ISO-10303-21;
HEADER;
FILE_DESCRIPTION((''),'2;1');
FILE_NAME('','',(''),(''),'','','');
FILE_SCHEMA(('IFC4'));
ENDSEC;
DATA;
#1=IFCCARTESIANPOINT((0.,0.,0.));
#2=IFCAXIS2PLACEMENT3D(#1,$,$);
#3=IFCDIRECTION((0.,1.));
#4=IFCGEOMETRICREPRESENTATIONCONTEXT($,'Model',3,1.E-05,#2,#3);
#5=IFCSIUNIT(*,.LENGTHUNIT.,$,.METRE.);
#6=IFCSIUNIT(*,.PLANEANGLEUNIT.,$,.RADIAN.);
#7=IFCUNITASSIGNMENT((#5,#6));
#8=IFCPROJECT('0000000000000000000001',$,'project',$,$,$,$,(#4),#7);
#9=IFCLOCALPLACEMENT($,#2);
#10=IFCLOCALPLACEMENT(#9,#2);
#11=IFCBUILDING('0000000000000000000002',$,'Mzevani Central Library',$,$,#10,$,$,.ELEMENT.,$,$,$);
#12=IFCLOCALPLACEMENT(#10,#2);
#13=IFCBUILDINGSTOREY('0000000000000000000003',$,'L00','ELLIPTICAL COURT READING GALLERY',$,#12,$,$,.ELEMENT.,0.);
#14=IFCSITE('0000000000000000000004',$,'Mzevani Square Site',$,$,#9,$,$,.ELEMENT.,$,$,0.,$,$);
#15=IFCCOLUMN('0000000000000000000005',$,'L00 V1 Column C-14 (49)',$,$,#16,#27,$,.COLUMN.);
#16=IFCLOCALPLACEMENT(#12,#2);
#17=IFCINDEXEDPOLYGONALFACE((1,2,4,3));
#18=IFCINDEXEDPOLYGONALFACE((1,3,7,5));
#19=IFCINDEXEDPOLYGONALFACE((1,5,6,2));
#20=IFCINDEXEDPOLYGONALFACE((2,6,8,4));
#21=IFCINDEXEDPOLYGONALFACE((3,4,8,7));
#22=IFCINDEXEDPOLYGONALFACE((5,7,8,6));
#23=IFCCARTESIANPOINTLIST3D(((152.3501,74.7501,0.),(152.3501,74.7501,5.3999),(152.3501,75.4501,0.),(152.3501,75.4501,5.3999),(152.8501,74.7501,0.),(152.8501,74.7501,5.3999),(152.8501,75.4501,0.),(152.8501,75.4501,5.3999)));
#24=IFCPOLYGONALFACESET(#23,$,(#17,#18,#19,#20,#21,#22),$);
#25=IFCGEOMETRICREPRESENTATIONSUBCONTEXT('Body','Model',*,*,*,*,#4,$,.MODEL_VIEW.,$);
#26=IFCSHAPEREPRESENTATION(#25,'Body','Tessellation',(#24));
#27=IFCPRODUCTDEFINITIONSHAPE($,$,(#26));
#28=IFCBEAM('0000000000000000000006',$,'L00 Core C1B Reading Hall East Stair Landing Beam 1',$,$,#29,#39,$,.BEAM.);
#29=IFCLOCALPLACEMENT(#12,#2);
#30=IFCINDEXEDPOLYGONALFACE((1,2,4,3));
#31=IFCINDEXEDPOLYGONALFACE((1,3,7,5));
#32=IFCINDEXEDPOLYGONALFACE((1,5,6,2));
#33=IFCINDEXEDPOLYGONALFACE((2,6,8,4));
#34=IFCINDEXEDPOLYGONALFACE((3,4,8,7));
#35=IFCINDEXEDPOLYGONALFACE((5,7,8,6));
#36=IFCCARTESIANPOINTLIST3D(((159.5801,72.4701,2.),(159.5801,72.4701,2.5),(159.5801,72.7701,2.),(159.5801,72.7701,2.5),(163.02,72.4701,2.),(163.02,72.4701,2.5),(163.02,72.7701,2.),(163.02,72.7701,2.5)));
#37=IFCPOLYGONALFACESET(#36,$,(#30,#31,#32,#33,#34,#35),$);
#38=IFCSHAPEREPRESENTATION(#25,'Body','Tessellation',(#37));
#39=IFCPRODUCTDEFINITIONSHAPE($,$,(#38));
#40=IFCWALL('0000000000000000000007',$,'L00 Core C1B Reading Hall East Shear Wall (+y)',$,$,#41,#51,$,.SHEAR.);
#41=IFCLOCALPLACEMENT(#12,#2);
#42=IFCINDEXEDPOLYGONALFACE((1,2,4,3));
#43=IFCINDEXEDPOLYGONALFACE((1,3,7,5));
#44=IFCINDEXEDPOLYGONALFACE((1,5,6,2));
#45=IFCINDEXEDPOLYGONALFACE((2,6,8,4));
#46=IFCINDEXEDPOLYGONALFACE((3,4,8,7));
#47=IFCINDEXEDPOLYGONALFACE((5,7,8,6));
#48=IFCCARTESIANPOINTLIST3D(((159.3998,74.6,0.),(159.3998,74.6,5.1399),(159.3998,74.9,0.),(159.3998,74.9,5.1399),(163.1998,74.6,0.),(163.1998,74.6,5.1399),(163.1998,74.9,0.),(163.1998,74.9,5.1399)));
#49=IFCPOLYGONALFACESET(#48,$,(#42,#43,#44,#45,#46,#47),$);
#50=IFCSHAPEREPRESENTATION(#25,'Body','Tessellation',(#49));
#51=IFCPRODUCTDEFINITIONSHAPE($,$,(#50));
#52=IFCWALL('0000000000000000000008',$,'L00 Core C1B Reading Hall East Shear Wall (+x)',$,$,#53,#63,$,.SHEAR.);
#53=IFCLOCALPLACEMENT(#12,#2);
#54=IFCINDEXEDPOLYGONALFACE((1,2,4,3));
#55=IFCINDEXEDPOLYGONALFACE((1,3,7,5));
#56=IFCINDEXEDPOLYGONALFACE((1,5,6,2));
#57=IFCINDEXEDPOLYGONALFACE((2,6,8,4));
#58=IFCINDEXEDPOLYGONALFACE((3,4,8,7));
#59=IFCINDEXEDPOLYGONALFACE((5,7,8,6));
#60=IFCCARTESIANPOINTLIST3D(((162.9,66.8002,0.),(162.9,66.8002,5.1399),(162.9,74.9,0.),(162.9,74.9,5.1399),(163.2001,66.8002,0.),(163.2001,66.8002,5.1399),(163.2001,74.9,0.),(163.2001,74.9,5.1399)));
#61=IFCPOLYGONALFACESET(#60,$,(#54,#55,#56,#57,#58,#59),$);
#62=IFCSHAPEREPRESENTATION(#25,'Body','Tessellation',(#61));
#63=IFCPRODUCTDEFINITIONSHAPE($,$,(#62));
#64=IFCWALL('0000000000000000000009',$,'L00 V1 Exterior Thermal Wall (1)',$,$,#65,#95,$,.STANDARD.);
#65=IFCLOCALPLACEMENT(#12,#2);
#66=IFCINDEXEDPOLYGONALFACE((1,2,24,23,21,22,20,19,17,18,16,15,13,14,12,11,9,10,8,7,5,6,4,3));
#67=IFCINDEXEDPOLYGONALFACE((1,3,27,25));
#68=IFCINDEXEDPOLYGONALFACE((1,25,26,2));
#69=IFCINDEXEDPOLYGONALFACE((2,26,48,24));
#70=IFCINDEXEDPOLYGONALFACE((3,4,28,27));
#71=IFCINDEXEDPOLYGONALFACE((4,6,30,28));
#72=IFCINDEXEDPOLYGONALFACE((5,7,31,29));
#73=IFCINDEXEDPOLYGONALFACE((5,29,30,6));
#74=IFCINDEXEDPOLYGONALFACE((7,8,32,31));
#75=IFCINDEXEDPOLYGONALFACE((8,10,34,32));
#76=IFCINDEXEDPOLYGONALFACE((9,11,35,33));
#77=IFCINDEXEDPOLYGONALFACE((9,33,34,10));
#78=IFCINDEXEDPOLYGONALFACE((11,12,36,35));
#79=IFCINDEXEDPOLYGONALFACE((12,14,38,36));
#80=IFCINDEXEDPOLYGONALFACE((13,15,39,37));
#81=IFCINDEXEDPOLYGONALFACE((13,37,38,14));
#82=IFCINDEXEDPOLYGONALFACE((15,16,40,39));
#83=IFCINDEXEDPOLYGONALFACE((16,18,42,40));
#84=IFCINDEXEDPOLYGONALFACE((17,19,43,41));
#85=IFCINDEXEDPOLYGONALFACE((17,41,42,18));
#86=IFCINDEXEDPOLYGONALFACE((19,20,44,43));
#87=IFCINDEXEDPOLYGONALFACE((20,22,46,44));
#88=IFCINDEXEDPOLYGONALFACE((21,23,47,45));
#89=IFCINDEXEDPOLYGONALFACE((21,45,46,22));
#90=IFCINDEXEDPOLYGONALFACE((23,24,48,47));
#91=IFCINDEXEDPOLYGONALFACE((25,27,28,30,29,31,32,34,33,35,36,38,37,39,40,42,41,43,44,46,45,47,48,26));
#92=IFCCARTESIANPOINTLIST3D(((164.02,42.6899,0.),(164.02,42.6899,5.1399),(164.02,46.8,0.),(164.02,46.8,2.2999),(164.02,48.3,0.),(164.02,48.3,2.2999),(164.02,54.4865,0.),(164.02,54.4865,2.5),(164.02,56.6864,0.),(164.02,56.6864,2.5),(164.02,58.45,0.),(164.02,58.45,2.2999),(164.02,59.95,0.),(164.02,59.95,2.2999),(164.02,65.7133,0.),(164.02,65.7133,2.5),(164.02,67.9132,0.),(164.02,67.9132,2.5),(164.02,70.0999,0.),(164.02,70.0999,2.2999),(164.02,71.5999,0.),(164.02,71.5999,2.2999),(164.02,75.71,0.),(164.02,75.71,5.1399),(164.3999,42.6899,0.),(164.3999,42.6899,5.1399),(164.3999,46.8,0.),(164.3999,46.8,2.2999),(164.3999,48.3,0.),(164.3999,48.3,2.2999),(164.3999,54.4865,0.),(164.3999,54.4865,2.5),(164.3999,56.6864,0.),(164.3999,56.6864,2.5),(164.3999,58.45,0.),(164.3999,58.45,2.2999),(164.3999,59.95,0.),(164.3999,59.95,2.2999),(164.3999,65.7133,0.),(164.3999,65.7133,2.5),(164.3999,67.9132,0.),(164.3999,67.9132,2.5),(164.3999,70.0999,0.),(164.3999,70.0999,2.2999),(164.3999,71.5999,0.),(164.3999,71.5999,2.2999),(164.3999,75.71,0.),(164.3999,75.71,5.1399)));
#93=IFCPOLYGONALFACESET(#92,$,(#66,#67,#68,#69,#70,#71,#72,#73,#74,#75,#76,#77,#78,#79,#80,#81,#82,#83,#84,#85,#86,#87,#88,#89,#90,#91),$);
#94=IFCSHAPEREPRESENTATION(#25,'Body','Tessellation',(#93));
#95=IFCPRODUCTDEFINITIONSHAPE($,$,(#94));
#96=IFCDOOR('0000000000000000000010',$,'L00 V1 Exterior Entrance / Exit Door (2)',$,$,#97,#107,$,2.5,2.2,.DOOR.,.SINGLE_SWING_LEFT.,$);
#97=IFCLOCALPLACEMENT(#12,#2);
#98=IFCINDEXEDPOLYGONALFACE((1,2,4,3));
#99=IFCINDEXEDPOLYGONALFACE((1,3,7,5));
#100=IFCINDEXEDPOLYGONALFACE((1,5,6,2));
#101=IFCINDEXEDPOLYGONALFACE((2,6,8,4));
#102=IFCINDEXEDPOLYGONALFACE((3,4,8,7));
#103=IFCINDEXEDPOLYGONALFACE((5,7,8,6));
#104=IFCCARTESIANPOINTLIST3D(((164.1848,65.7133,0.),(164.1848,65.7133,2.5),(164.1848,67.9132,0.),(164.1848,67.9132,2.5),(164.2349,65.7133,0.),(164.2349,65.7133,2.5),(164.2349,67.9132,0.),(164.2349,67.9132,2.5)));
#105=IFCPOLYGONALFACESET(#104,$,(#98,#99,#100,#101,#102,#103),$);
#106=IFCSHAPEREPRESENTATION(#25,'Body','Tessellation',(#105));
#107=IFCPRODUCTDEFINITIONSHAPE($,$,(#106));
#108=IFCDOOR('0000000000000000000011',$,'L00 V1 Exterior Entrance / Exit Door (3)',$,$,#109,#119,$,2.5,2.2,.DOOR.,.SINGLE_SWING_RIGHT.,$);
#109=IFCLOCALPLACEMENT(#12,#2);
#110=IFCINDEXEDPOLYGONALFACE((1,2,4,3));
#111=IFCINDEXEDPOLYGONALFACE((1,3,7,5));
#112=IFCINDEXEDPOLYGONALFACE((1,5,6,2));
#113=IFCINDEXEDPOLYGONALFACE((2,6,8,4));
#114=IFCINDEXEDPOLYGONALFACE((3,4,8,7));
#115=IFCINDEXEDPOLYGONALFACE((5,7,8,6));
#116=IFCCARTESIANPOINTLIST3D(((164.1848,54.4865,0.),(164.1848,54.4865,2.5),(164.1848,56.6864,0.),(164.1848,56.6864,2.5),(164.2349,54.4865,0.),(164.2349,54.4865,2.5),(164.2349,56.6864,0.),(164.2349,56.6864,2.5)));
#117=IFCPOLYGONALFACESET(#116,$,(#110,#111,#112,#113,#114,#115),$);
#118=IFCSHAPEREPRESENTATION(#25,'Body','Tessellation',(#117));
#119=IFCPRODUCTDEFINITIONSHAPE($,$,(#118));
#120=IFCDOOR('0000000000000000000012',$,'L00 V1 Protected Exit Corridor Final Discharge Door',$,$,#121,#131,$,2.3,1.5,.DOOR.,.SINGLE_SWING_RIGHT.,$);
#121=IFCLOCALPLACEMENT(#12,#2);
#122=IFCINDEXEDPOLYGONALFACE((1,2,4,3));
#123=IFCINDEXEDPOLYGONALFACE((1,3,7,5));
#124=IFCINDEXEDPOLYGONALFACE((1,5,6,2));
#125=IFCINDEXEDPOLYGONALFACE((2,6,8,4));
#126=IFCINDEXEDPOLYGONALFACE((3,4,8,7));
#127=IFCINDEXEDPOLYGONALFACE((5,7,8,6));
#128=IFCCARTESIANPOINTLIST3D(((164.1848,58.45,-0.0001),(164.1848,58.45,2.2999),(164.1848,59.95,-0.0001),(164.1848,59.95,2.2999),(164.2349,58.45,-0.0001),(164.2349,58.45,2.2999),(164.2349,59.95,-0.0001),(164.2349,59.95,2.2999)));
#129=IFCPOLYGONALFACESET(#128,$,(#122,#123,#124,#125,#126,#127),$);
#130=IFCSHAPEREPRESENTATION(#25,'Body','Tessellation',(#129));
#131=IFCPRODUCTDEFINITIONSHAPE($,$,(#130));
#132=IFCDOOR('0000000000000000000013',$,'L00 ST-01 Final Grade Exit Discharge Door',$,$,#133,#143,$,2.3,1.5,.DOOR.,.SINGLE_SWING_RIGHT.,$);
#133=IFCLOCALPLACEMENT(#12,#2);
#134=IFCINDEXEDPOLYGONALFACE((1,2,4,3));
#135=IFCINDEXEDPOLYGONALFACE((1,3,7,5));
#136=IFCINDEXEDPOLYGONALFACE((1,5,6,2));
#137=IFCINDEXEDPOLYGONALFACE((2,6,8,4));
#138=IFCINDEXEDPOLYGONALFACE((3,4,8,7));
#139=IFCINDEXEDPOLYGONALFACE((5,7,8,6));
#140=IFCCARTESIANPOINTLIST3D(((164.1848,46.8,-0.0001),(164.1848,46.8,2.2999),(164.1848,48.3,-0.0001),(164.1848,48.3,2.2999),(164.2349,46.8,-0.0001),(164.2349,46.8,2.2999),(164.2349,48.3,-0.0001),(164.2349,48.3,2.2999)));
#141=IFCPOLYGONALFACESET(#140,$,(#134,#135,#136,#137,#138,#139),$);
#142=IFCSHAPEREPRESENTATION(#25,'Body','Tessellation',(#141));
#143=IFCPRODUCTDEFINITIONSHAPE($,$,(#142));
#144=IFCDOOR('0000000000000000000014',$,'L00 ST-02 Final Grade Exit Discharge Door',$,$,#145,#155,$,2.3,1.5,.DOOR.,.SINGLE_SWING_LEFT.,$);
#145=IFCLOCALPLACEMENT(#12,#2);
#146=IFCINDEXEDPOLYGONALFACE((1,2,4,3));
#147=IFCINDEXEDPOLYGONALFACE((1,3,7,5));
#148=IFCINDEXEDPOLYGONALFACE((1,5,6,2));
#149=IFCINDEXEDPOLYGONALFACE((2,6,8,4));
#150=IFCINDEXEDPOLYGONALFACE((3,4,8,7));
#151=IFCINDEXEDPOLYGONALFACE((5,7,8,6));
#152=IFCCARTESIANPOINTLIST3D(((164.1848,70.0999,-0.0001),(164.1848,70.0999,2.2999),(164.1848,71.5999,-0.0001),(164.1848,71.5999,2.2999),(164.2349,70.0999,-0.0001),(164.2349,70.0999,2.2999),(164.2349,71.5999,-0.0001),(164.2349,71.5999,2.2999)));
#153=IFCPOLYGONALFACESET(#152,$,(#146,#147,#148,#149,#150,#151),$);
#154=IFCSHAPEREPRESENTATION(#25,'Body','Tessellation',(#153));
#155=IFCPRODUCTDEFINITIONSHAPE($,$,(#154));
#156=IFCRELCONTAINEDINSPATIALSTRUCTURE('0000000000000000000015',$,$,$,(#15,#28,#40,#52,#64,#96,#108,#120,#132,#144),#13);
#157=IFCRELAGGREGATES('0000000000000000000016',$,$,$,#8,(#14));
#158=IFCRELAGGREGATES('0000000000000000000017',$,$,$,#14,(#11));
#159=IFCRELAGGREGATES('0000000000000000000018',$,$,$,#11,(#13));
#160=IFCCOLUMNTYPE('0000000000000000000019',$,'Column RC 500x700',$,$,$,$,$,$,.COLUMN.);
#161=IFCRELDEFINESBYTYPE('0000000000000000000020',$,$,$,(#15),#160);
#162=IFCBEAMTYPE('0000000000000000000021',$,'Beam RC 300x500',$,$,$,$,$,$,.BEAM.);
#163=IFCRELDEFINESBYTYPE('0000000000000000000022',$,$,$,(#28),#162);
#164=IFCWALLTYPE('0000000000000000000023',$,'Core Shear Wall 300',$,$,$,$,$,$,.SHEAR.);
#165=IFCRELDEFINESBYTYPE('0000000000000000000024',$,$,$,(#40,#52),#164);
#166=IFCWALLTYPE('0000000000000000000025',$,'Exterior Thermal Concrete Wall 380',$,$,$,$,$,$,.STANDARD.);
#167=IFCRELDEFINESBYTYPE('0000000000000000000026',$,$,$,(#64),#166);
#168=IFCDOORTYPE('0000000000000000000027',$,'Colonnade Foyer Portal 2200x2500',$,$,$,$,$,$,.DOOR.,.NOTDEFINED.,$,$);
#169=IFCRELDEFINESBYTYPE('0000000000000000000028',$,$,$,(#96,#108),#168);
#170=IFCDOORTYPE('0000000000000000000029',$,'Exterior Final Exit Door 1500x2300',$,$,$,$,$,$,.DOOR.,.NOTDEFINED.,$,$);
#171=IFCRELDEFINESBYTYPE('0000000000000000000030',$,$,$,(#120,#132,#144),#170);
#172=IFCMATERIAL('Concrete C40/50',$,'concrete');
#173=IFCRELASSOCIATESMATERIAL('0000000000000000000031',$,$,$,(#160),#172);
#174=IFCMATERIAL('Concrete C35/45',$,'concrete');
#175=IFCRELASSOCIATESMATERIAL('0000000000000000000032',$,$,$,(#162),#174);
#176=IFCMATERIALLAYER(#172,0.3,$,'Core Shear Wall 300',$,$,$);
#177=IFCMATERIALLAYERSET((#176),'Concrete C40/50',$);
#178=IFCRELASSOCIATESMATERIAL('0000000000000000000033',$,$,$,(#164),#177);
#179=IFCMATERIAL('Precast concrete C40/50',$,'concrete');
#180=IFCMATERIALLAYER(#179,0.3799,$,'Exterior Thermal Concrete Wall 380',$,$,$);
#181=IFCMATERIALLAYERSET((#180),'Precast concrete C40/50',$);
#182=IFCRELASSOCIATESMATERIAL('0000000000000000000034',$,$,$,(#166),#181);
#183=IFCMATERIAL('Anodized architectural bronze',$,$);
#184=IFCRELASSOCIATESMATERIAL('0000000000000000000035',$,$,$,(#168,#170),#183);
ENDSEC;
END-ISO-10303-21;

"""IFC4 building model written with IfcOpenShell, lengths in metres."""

from ifc_helpers import new_model, si_unit, direction, frame, frame_2d, origin, origin_2d, place, context, subcontext, project, spatial, rectangle, extrude, material, layer, layer_set, material_profile, profile_set, type_object, element, fill, save


model = new_model("IFC4")

# Units and contexts
model_context = context("Model", 3, precision=1e-05, world=origin(), true_north=direction((0.0, 1.0)))
body_context = subcontext(model_context, "Body", "Model", "MODEL_VIEW")
ifc_project = project(units=[si_unit("LENGTHUNIT", "METRE"), si_unit("PLANEANGLEUNIT", "RADIAN")], contexts=[model_context])

# Site, building, storey
site_placement = place(None, origin())
site = spatial("IfcSite", under=ifc_project, at=site_placement, Name="Mzevani Square Site", CompositionType="ELEMENT", RefElevation=0.0)
building_placement = place(site_placement, origin())
building = spatial("IfcBuilding", under=site, at=building_placement, Name="Mzevani Central Library", CompositionType="ELEMENT")
storey_placement = place(building_placement, origin())
storey = spatial("IfcBuildingStorey", under=building, at=storey_placement, Name="L00", Description="ELLIPTICAL COURT READING GALLERY", CompositionType="ELEMENT", Elevation=0.0)

# Column
ifc_material_1 = material(Name="Concrete C40/50", Category="concrete")
ifc_material_profile_1 = material_profile(ifc_material_1, rectangle(XDim=0.5, YDim=0.7, at=origin_2d()), Name="RC 500x700")
ifc_profile_set_1 = profile_set([ifc_material_profile_1], Name="Concrete C40/50")
column_type = type_object("IfcColumnType", Name="Column RC 500x700", PredefinedType="COLUMN", material=ifc_profile_set_1)
column_placement = place(storey_placement, frame((152.6001, 75.1001, 0.0), z_axis=(0.0, 0.0, 1.0), x_axis=(1.0, 0.0, 0.0)))
element("IfcColumn", 1, at=column_placement, inside=storey, type_object=column_type, Name="L00 V1 Column C-14 (49)", PredefinedType="COLUMN", context=body_context, shape_type="SweptSolid", body=[
    extrude(rectangle(XDim=0.5, YDim=0.7, at=origin_2d()), origin(), (0.0, 0.0, 1.0), 5.3999),
])

# Beam
ifc_material_2 = material(Name="Concrete C35/45", Category="concrete")
ifc_material_profile_2 = material_profile(ifc_material_2, rectangle(XDim=0.3, YDim=0.5, at=origin_2d()), Name="RC B300x500")
ifc_profile_set_2 = profile_set([ifc_material_profile_2], Name="Concrete C35/45")
beam_type = type_object("IfcBeamType", Name="Beam RC 300x500", PredefinedType="BEAM", material=ifc_profile_set_2)
beam_placement = place(storey_placement, frame((159.5801, 72.6201, 2.25), z_axis=(1.0, 0.0, 0.0), x_axis=(0.0, 1.0, 0.0)))
element("IfcBeam", 2, at=beam_placement, inside=storey, type_object=beam_type, Name="L00 Core C1B Reading Hall East Stair Landing Beam 1", PredefinedType="BEAM", context=body_context, shape_type="SweptSolid", body=[
    extrude(rectangle(XDim=0.3, YDim=0.5, at=origin_2d()), origin(), (0.0, 0.0, 1.0), 3.4399),
])

# Walls
ifc_layer_1 = layer(ifc_material_1, 0.3, Name="Core Shear Wall 300")
ifc_layer_set_1 = layer_set([ifc_layer_1], Name="Concrete C40/50")
wall_type_1 = type_object("IfcWallType", Name="Core Shear Wall 300", PredefinedType="SHEAR", material=ifc_layer_set_1)
wall_1_placement = place(storey_placement, frame((159.3999, 74.75, 0.0), z_axis=(0.0, 0.0, 1.0), x_axis=(1.0, 0.0, 0.0)))
element("IfcWall", 3, at=wall_1_placement, inside=storey, type_object=wall_type_1, Name="L00 Core C1B Reading Hall East Shear Wall (+y)", PredefinedType="SHEAR", context=body_context, shape_type="SweptSolid", body=[
    extrude(rectangle(XDim=3.8, YDim=0.3, at=frame_2d((1.8999, 0.0))), origin(), (0.0, 0.0, 1.0), 5.1399),
])
wall_2_placement = place(storey_placement, frame((163.05, 74.8999, 0.0), z_axis=(0.0, 0.0, 1.0), x_axis=(0.0, -1.0, 0.0)))
element("IfcWall", 4, at=wall_2_placement, inside=storey, type_object=wall_type_1, Name="L00 Core C1B Reading Hall East Shear Wall (+x)", PredefinedType="SHEAR", context=body_context, shape_type="SweptSolid", body=[
    extrude(rectangle(XDim=8.0999, YDim=0.3, at=frame_2d((4.0498, 0.0))), origin(), (0.0, 0.0, 1.0), 5.1399),
])

# Wall, openings, doors
ifc_material_3 = material(Name="Precast concrete C40/50", Category="concrete")
ifc_layer_2 = layer(ifc_material_3, 0.3799, Name="Exterior Thermal Concrete Wall 380")
ifc_layer_set_2 = layer_set([ifc_layer_2], Name="Precast concrete C40/50")
wall_type_2 = type_object("IfcWallType", Name="Exterior Thermal Concrete Wall 380", PredefinedType="STANDARD", material=ifc_layer_set_2)
wall_3_placement = place(storey_placement, frame((164.21, 75.71, 0.0), z_axis=(0.0, 0.0, 1.0), x_axis=(0.0, -1.0, 0.0)))
wall_3 = element("IfcWall", 5, at=wall_3_placement, inside=storey, type_object=wall_type_2, Name="L00 V1 Exterior Thermal Wall (1)", PredefinedType="STANDARD", context=body_context, shape_type="SweptSolid", body=[
    extrude(rectangle(XDim=33.02, YDim=0.3799, at=frame_2d((16.51, 0.0))), origin(), (0.0, 0.0, 1.0), 5.1399),
])
opening_1_placement = place(wall_3_placement, frame((15.76, 0.0, 0.0)))
opening_1 = element("IfcOpeningElement", 6, at=opening_1_placement, cuts=wall_3, PredefinedType="OPENING", context=body_context, shape_type="SweptSolid", body=[
    extrude(rectangle(XDim=1.5, YDim=2.3, at=frame_2d((0.75, 1.1499))), frame((0.0, 0.2, 0.0), z_axis=(0.0, -1.0, 0.0), x_axis=(1.0, 0.0, 0.0)), (0.0, 0.0, 1.0), 0.3999),
])
opening_2_placement = place(wall_3_placement, frame((7.7966, 0.0, 0.0)))
opening_2 = element("IfcOpeningElement", 7, at=opening_2_placement, cuts=wall_3, PredefinedType="OPENING", context=body_context, shape_type="SweptSolid", body=[
    extrude(rectangle(XDim=2.2, YDim=2.5, at=frame_2d((1.1001, 1.25))), frame((0.0, 0.2, 0.0), z_axis=(0.0, -1.0, 0.0), x_axis=(1.0, 0.0, 0.0)), (0.0, 0.0, 1.0), 0.3999),
])
opening_3_placement = place(wall_3_placement, frame((19.0234, 0.0, 0.0)))
opening_3 = element("IfcOpeningElement", 8, at=opening_3_placement, cuts=wall_3, PredefinedType="OPENING", context=body_context, shape_type="SweptSolid", body=[
    extrude(rectangle(XDim=2.2, YDim=2.5, at=frame_2d((1.1001, 1.25))), frame((0.0, 0.2, 0.0), z_axis=(0.0, -1.0, 0.0), x_axis=(1.0, 0.0, 0.0)), (0.0, 0.0, 1.0), 0.3999),
])
opening_4_placement = place(wall_3_placement, frame((27.4099, 0.0, 0.0)))
opening_4 = element("IfcOpeningElement", 9, at=opening_4_placement, cuts=wall_3, PredefinedType="OPENING", context=body_context, shape_type="SweptSolid", body=[
    extrude(rectangle(XDim=1.5, YDim=2.3, at=frame_2d((0.75, 1.1499))), frame((0.0, 0.2, 0.0), z_axis=(0.0, -1.0, 0.0), x_axis=(1.0, 0.0, 0.0)), (0.0, 0.0, 1.0), 0.3999),
])
opening_5_placement = place(wall_3_placement, frame((4.1101, 0.0, 0.0)))
opening_5 = element("IfcOpeningElement", 10, at=opening_5_placement, cuts=wall_3, PredefinedType="OPENING", context=body_context, shape_type="SweptSolid", body=[
    extrude(rectangle(XDim=1.5, YDim=2.3, at=frame_2d((0.75, 1.1499))), frame((0.0, 0.2, 0.0), z_axis=(0.0, -1.0, 0.0), x_axis=(1.0, 0.0, 0.0)), (0.0, 0.0, 1.0), 0.3999),
])
ifc_material_4 = material(Name="Anodized architectural bronze")
door_type_1 = type_object("IfcDoorType", Name="Colonnade Foyer Portal 2200x2500", OperationType="NOTDEFINED", PredefinedType="DOOR", material=ifc_material_4)
door_1_placement = place(opening_2_placement, origin())
door_1 = element("IfcDoor", 11, at=door_1_placement, inside=storey, type_object=door_type_1, Name="L00 V1 Exterior Entrance / Exit Door (2)", OperationType="SINGLE_SWING_LEFT", OverallHeight=2.5, OverallWidth=2.2, PredefinedType="DOOR", context=body_context, shape_type="SweptSolid", body=[
    extrude(rectangle(XDim=2.2, YDim=2.5, at=frame_2d((1.1001, 1.25))), frame((0.0, 0.0249, 0.0), z_axis=(0.0, -1.0, 0.0), x_axis=(1.0, 0.0, 0.0)), (0.0, 0.0, 1.0), 0.05),
])
fill(opening_2, door_1)
door_2_placement = place(opening_3_placement, origin())
door_2 = element("IfcDoor", 12, at=door_2_placement, inside=storey, type_object=door_type_1, Name="L00 V1 Exterior Entrance / Exit Door (3)", OperationType="SINGLE_SWING_RIGHT", OverallHeight=2.5, OverallWidth=2.2, PredefinedType="DOOR", context=body_context, shape_type="SweptSolid", body=[
    extrude(rectangle(XDim=2.2, YDim=2.5, at=frame_2d((1.1001, 1.25))), frame((0.0, 0.0249, 0.0), z_axis=(0.0, -1.0, 0.0), x_axis=(1.0, 0.0, 0.0)), (0.0, 0.0, 1.0), 0.05),
])
fill(opening_3, door_2)
door_type_2 = type_object("IfcDoorType", Name="Exterior Final Exit Door 1500x2300", OperationType="NOTDEFINED", PredefinedType="DOOR", material=ifc_material_4)
door_3_placement = place(opening_1_placement, origin())
door_3 = element("IfcDoor", 13, at=door_3_placement, inside=storey, type_object=door_type_2, Name="L00 V1 Protected Exit Corridor Final Discharge Door", OperationType="SINGLE_SWING_RIGHT", OverallHeight=2.3, OverallWidth=1.5, PredefinedType="DOOR", context=body_context, shape_type="SweptSolid", body=[
    extrude(rectangle(XDim=1.5, YDim=2.3, at=frame_2d((0.75, 1.1499))), frame((0.0, 0.0249, 0.0), z_axis=(0.0, -1.0, 0.0), x_axis=(1.0, 0.0, 0.0)), (0.0, 0.0, 1.0), 0.05),
])
fill(opening_1, door_3)
door_4_placement = place(opening_4_placement, origin())
door_4 = element("IfcDoor", 14, at=door_4_placement, inside=storey, type_object=door_type_2, Name="L00 ST-01 Final Grade Exit Discharge Door", OperationType="SINGLE_SWING_RIGHT", OverallHeight=2.3, OverallWidth=1.5, PredefinedType="DOOR", context=body_context, shape_type="SweptSolid", body=[
    extrude(rectangle(XDim=1.5, YDim=2.3, at=frame_2d((0.75, 1.1499))), frame((0.0, 0.0249, 0.0), z_axis=(0.0, -1.0, 0.0), x_axis=(1.0, 0.0, 0.0)), (0.0, 0.0, 1.0), 0.05),
])
fill(opening_4, door_4)
door_5_placement = place(opening_5_placement, origin())
door_5 = element("IfcDoor", 15, at=door_5_placement, inside=storey, type_object=door_type_2, Name="L00 ST-02 Final Grade Exit Discharge Door", OperationType="SINGLE_SWING_LEFT", OverallHeight=2.3, OverallWidth=1.5, PredefinedType="DOOR", context=body_context, shape_type="SweptSolid", body=[
    extrude(rectangle(XDim=1.5, YDim=2.3, at=frame_2d((0.75, 1.1499))), frame((0.0, 0.0249, 0.0), z_axis=(0.0, -1.0, 0.0), x_axis=(1.0, 0.0, 0.0)), (0.0, 0.0, 1.0), 0.05),
])
fill(opening_5, door_5)

save(model, "model.ifc")
